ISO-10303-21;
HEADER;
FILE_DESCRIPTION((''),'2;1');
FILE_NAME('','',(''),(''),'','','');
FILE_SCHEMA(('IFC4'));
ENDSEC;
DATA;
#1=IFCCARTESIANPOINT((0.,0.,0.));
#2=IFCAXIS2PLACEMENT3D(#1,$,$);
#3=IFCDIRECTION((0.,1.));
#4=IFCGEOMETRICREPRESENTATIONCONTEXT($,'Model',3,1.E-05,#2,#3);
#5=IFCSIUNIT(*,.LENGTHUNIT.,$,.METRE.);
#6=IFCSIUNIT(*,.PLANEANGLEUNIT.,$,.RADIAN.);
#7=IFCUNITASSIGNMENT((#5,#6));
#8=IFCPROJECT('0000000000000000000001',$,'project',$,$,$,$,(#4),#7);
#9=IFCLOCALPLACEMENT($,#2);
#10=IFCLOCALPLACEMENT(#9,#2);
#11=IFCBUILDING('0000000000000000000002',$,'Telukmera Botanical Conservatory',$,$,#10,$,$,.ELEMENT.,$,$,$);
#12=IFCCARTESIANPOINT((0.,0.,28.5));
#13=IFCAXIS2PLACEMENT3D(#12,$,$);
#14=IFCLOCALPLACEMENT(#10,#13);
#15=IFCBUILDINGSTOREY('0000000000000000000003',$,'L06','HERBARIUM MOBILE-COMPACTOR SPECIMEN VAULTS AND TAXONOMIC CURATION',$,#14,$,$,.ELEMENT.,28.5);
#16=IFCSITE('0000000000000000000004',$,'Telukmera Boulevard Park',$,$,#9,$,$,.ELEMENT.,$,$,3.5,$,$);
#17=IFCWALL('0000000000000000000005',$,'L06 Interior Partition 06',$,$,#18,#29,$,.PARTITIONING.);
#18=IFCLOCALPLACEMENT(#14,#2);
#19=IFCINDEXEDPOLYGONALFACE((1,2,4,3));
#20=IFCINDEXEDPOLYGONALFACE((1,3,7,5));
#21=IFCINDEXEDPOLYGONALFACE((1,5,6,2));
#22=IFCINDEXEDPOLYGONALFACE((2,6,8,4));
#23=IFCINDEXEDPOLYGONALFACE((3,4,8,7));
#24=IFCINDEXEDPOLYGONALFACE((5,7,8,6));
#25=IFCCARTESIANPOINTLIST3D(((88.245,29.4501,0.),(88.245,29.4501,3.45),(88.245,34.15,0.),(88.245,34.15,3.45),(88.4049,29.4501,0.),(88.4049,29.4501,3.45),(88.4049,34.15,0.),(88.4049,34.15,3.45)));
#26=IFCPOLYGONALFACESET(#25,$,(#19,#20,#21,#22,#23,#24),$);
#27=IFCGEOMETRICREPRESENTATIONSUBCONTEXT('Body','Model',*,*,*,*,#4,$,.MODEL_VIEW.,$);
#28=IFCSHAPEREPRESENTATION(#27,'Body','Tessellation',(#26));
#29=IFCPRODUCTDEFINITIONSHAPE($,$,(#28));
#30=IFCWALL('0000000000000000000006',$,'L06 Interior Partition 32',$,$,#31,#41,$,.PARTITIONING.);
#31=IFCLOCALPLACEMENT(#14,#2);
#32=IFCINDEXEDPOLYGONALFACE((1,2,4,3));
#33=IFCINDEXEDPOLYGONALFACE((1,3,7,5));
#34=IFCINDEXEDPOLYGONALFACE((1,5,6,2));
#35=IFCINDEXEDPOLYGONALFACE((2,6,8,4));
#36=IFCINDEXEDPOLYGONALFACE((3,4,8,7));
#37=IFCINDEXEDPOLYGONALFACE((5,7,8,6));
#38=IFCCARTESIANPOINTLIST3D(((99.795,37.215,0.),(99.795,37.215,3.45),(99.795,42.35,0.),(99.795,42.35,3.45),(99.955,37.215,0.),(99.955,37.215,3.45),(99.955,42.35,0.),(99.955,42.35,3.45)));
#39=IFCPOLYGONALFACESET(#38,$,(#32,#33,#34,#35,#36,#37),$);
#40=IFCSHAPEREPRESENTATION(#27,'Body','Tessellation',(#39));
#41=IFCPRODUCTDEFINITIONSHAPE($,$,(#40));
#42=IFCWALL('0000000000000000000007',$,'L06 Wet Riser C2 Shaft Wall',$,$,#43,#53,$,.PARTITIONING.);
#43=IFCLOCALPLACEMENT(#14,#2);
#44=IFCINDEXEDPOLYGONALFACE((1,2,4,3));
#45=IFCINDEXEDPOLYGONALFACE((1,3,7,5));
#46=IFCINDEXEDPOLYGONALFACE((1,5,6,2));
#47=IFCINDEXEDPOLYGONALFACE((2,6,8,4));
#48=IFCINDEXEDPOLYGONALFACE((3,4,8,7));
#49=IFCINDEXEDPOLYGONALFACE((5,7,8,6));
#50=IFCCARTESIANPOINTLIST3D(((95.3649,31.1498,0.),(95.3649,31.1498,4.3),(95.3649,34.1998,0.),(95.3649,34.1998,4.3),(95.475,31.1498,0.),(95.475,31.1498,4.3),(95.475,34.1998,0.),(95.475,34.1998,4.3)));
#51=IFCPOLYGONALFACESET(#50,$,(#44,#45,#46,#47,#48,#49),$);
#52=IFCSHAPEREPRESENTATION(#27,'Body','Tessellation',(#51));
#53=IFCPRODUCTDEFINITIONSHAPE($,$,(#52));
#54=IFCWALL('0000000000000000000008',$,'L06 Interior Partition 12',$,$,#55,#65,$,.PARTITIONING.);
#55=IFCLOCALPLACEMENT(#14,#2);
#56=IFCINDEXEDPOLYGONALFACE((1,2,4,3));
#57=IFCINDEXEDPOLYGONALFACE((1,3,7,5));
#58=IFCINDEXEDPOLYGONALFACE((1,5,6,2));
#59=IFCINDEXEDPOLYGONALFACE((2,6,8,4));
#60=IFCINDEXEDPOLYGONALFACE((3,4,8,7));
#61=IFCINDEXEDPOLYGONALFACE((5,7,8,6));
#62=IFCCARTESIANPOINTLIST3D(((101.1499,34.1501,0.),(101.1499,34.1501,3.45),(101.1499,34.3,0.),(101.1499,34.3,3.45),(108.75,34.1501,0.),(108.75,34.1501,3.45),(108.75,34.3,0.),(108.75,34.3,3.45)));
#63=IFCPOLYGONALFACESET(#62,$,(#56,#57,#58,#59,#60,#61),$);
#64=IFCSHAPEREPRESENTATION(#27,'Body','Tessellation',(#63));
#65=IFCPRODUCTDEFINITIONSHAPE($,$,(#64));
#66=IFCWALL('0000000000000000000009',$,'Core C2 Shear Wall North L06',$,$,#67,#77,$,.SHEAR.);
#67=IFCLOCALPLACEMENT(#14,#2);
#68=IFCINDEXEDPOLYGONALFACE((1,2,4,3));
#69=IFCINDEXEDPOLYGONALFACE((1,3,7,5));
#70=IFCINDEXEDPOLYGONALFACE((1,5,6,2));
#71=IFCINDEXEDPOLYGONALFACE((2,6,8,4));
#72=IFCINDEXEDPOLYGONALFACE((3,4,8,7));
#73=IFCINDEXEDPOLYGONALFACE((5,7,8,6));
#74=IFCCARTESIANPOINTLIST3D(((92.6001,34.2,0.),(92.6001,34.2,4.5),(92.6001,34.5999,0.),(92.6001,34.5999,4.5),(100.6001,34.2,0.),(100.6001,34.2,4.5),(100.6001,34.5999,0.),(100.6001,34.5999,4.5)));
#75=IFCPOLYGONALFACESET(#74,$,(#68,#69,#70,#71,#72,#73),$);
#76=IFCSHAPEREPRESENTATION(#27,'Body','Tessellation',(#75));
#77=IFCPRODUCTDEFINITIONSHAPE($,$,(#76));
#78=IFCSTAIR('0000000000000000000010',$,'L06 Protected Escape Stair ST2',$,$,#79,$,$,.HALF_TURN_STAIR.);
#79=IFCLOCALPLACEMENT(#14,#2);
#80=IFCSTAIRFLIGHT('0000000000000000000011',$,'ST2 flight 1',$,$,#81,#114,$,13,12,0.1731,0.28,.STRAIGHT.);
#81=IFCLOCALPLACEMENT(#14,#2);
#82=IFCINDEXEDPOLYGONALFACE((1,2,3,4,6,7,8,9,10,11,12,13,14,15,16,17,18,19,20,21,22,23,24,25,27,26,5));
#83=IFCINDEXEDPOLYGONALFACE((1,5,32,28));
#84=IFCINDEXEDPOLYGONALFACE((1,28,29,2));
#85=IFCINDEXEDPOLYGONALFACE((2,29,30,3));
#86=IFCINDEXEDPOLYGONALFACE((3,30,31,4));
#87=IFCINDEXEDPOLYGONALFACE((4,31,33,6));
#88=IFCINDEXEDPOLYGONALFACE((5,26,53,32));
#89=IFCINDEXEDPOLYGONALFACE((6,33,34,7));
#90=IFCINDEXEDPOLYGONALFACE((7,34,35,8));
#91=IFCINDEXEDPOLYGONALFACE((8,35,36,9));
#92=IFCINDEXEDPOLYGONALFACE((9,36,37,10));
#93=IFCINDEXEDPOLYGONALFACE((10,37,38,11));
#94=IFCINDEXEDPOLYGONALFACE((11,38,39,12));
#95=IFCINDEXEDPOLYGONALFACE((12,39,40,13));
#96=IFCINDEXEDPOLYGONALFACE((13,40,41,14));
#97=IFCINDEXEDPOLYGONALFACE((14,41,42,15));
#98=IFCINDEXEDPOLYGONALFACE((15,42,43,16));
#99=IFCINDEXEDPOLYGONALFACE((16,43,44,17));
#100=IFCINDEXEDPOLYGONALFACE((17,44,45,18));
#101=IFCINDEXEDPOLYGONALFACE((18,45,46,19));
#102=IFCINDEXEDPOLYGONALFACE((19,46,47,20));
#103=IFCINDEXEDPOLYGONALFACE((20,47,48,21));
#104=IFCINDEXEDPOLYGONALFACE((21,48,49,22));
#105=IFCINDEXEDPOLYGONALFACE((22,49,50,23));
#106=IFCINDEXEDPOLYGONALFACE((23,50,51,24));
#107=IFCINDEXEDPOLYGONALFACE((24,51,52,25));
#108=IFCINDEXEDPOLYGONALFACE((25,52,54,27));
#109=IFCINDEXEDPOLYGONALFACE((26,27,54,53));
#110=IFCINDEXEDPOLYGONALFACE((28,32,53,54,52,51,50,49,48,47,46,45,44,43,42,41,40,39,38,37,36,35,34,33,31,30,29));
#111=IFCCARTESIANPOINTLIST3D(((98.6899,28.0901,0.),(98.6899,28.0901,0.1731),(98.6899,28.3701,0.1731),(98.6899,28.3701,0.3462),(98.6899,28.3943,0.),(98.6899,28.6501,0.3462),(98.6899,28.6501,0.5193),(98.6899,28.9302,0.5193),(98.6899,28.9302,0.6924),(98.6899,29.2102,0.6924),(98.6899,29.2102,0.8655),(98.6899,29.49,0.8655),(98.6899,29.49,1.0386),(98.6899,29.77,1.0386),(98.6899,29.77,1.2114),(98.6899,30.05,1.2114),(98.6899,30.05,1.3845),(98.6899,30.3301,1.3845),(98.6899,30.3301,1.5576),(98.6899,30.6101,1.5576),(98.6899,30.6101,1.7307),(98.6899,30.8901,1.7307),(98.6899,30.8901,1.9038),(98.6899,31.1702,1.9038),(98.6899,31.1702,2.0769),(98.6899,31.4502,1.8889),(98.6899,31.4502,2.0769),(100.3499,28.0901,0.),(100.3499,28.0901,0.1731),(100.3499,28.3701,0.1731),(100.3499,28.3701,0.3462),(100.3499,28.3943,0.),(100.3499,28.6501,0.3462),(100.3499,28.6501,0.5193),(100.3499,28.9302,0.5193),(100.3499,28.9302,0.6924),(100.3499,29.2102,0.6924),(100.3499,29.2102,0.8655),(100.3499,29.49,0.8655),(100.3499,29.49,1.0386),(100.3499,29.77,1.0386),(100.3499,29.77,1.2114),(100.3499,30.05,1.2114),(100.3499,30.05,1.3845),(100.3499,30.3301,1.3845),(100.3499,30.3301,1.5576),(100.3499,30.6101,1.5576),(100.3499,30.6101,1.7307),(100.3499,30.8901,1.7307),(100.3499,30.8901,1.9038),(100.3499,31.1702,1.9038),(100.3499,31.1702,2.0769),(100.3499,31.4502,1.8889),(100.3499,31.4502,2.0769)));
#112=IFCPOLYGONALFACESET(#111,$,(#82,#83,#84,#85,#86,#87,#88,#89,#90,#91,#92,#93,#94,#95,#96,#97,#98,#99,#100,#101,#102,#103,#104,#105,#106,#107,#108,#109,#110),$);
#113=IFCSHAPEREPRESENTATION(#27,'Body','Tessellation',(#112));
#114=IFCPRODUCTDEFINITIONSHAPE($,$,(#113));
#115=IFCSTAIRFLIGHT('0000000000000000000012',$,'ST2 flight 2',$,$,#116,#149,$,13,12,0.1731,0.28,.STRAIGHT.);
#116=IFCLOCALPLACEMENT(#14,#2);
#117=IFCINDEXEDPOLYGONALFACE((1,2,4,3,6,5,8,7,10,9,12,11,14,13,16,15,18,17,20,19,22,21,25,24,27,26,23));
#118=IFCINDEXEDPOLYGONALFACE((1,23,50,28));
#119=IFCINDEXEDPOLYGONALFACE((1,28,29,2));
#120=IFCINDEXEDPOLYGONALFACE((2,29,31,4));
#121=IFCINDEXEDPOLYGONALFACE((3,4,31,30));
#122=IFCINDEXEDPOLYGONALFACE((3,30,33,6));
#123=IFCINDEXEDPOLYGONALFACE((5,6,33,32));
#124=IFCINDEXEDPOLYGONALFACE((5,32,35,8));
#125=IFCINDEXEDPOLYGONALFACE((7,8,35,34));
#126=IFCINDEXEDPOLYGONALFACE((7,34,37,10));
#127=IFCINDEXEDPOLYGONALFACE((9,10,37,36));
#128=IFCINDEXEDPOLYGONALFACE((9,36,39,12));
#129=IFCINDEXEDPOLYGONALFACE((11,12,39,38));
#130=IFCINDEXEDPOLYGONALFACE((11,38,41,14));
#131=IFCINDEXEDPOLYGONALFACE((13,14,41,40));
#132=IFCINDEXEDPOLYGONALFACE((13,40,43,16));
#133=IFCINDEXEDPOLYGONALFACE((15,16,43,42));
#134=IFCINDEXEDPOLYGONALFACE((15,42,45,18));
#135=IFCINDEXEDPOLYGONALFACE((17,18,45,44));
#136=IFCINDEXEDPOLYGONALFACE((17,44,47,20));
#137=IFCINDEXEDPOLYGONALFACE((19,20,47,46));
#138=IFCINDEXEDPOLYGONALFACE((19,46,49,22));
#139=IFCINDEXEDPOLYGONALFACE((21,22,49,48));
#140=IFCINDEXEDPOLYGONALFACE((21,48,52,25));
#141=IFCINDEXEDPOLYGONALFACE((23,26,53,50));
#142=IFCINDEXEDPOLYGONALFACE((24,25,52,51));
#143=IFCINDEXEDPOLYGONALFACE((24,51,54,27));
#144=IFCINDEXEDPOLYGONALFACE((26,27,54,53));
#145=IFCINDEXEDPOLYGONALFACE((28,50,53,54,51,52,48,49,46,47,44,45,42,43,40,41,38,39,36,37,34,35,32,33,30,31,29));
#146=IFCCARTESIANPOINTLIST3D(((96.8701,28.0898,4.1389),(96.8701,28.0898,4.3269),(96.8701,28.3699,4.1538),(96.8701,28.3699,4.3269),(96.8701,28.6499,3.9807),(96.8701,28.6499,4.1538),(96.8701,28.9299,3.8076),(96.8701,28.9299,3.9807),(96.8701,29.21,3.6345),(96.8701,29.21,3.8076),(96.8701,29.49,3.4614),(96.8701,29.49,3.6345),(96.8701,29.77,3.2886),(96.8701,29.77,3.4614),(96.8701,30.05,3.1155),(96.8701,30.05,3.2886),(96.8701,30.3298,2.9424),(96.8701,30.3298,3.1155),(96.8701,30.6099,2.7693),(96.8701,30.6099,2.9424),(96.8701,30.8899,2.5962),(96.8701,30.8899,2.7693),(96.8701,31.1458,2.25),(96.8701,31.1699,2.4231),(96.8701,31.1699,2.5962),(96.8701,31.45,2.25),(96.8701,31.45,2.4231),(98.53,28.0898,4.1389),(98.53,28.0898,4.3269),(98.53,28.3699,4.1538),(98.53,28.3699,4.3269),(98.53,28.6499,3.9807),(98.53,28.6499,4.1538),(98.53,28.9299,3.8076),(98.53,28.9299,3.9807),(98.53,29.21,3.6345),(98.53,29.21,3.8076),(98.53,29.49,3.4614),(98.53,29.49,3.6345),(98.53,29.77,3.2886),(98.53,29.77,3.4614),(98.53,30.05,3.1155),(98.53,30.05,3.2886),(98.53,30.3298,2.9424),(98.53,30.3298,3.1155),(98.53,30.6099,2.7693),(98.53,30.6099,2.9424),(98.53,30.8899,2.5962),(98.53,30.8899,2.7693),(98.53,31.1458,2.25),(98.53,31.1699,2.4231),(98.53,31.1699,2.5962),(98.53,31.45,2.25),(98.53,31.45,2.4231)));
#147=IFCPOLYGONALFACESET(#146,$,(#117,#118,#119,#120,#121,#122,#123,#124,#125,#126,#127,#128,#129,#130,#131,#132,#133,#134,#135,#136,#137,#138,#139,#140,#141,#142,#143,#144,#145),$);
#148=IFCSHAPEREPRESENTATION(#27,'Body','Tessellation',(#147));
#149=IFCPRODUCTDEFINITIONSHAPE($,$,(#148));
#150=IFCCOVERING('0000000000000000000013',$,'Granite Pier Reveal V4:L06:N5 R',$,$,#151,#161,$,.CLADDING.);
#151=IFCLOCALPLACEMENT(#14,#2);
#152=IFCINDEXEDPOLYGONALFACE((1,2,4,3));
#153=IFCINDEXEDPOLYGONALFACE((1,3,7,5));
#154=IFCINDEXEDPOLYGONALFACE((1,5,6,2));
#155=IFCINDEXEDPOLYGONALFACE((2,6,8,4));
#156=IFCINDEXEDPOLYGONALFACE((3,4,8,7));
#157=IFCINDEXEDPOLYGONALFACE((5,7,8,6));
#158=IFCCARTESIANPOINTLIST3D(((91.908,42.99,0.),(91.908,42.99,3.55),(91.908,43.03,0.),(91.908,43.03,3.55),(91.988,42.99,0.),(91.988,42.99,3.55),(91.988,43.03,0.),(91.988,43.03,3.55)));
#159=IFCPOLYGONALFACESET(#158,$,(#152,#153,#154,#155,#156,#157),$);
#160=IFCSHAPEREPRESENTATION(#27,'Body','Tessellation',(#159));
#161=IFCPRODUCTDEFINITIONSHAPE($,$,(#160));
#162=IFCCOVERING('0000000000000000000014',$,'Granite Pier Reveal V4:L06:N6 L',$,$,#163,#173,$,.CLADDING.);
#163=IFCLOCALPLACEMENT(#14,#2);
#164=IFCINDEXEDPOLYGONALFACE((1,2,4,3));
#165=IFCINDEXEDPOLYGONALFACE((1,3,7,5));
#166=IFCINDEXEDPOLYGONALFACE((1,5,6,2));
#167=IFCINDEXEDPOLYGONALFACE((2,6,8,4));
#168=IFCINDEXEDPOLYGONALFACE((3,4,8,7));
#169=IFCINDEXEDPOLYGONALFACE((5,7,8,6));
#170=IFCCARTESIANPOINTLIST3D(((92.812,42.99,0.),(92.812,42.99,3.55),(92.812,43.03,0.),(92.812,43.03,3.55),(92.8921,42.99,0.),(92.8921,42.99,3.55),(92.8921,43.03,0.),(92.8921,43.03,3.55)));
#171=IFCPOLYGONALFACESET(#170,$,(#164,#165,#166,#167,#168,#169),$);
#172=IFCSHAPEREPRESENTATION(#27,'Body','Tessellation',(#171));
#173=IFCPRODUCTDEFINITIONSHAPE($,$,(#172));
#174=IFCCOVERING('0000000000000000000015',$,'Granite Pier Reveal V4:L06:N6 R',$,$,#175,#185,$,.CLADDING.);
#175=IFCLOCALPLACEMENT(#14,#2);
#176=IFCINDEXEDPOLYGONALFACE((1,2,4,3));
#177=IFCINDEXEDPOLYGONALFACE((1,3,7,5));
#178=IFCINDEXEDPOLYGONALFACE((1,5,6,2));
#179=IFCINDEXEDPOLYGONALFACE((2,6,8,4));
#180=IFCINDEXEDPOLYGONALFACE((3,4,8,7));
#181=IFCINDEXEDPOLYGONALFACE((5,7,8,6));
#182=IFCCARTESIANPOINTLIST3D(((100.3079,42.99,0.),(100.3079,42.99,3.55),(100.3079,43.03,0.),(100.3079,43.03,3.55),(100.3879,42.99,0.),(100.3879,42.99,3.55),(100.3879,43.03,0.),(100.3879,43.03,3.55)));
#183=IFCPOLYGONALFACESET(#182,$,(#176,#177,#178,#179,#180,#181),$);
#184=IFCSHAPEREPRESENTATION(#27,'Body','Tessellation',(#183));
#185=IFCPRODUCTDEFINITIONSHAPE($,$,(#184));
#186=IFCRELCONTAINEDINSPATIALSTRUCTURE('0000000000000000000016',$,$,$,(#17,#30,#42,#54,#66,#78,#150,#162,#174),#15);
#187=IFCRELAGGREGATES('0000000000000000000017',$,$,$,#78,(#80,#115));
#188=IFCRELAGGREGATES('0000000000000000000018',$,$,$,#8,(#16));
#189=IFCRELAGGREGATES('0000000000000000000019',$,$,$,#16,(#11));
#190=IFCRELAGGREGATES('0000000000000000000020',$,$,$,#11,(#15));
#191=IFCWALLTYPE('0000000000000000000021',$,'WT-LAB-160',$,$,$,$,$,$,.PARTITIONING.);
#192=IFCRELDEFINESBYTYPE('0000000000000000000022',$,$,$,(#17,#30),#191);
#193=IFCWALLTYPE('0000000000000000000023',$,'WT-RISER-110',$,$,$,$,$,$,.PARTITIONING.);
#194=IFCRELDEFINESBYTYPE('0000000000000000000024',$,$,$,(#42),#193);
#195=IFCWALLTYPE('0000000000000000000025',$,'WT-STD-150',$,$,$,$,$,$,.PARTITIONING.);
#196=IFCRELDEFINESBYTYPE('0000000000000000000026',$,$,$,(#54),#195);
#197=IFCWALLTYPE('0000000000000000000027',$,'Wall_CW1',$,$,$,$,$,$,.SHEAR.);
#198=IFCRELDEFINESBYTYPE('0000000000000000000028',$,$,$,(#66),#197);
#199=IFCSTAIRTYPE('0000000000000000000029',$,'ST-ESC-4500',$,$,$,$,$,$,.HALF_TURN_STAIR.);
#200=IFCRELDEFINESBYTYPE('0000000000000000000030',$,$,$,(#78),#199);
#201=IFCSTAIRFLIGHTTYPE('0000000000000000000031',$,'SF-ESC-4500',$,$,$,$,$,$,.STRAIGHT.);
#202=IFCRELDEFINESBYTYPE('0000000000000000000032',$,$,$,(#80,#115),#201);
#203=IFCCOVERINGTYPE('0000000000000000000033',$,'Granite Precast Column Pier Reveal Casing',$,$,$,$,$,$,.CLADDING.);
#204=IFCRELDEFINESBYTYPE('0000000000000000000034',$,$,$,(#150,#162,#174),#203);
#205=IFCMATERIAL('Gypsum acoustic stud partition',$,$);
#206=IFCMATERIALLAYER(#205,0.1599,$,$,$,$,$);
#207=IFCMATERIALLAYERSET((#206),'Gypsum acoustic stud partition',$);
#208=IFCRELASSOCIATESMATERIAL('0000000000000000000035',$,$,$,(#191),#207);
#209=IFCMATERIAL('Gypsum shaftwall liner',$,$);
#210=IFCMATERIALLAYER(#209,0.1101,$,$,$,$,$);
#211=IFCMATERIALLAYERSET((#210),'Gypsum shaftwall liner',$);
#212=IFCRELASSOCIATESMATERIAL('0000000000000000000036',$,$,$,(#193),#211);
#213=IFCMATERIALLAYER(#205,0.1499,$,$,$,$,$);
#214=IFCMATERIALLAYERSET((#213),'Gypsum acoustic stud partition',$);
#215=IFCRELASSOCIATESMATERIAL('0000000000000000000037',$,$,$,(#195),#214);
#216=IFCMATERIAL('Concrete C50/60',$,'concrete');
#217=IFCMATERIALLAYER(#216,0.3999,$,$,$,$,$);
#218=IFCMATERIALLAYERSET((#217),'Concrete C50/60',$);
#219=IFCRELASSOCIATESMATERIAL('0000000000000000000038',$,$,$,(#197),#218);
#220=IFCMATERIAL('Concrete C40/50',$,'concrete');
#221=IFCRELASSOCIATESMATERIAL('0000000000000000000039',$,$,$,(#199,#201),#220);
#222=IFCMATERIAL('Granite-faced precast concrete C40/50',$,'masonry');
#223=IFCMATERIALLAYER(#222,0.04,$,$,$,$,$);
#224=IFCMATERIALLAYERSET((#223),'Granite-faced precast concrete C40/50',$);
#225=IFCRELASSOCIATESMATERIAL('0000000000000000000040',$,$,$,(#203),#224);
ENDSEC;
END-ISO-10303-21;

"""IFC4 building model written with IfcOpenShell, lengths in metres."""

from ifc_helpers import new_model, si_unit, direction, frame, frame_2d, origin, origin_2d, place, context, subcontext, project, spatial, polyline, rectangle, outline, extrude, material, layer, layer_set, type_object, element, aggregate, save


model = new_model("IFC4")

# Units and contexts
model_context = context("Model", 3, precision=1e-05, world=origin(), true_north=direction((0.0, 1.0)))
body_context = subcontext(model_context, "Body", "Model", "MODEL_VIEW")
ifc_project = project(units=[si_unit("LENGTHUNIT", "METRE"), si_unit("PLANEANGLEUNIT", "RADIAN")], contexts=[model_context])

# Site, building, storey
site_placement = place(None, origin())
site = spatial("IfcSite", under=ifc_project, at=site_placement, Name="Telukmera Boulevard Park", CompositionType="ELEMENT", RefElevation=3.5)
building_placement = place(site_placement, origin())
building = spatial("IfcBuilding", under=site, at=building_placement, Name="Telukmera Botanical Conservatory", CompositionType="ELEMENT")
storey_placement = place(building_placement, frame((0.0, 0.0, 28.5)))
storey = spatial("IfcBuildingStorey", under=building, at=storey_placement, Name="L06", Description="HERBARIUM MOBILE-COMPACTOR SPECIMEN VAULTS AND TAXONOMIC CURATION", CompositionType="ELEMENT", Elevation=28.5)

# Shared definitions
ifc_material_1 = material(Name="Concrete C50/60", Category="concrete")

# Shared definitions
ifc_material_2 = material(Name="Concrete C40/50", Category="concrete")

# Walls
ifc_material_3 = material(Name="Gypsum acoustic stud partition")
ifc_layer_1 = layer(ifc_material_3, 0.1599)
ifc_layer_set_1 = layer_set([ifc_layer_1], Name="Gypsum acoustic stud partition")
wall_type_1 = type_object("IfcWallType", Name="WT-LAB-160", PredefinedType="PARTITIONING", material=ifc_layer_set_1)
wall_1_placement = place(storey_placement, frame((88.325, 29.45, 0.0), z_axis=(0.0, 0.0, 1.0), x_axis=(0.0, 1.0, 0.0)))
element("IfcWall", 1, at=wall_1_placement, inside=storey, type_object=wall_type_1, Name="L06 Interior Partition 06", PredefinedType="PARTITIONING", context=body_context, shape_type="SweptSolid", body=[
    extrude(rectangle(XDim=4.7, YDim=0.1599, at=frame_2d((2.3501, 0.0))), origin(), (0.0, 0.0, 1.0), 3.45),
])
wall_2_placement = place(storey_placement, frame((99.875, 37.2151, 0.0), z_axis=(0.0, 0.0, 1.0), x_axis=(0.0, 1.0, 0.0)))
element("IfcWall", 2, at=wall_2_placement, inside=storey, type_object=wall_type_1, Name="L06 Interior Partition 32", PredefinedType="PARTITIONING", context=body_context, shape_type="SweptSolid", body=[
    extrude(rectangle(XDim=5.135, YDim=0.1599, at=frame_2d((2.5674, 0.0))), origin(), (0.0, 0.0, 1.0), 3.45),
])
ifc_material_4 = material(Name="Gypsum shaftwall liner")
ifc_layer_2 = layer(ifc_material_4, 0.1101)
ifc_layer_set_2 = layer_set([ifc_layer_2], Name="Gypsum shaftwall liner")
wall_type_2 = type_object("IfcWallType", Name="WT-RISER-110", PredefinedType="PARTITIONING", material=ifc_layer_set_2)
wall_3_placement = place(storey_placement, frame((95.4199, 31.1499, 0.0), z_axis=(0.0, 0.0, 1.0), x_axis=(0.0, 1.0, 0.0)))
element("IfcWall", 3, at=wall_3_placement, inside=storey, type_object=wall_type_2, Name="L06 Wet Riser C2 Shaft Wall", PredefinedType="PARTITIONING", context=body_context, shape_type="SweptSolid", body=[
    extrude(rectangle(XDim=3.05, YDim=0.1101, at=frame_2d((1.5249, 0.0))), origin(), (0.0, 0.0, 1.0), 4.3),
])
ifc_layer_3 = layer(ifc_material_3, 0.1499)
ifc_layer_set_3 = layer_set([ifc_layer_3], Name="Gypsum acoustic stud partition")
wall_type_3 = type_object("IfcWallType", Name="WT-STD-150", PredefinedType="PARTITIONING", material=ifc_layer_set_3)
wall_4_placement = place(storey_placement, frame((101.1499, 34.2251, 0.0), z_axis=(0.0, 0.0, 1.0), x_axis=(1.0, 0.0, 0.0)))
element("IfcWall", 4, at=wall_4_placement, inside=storey, type_object=wall_type_3, Name="L06 Interior Partition 12", PredefinedType="PARTITIONING", context=body_context, shape_type="SweptSolid", body=[
    extrude(rectangle(XDim=7.6001, YDim=0.1499, at=frame_2d((3.8, 0.0))), origin(), (0.0, 0.0, 1.0), 3.45),
])

# Wall
ifc_layer_4 = layer(ifc_material_1, 0.3999)
ifc_layer_set_4 = layer_set([ifc_layer_4], Name="Concrete C50/60")
wall_type_4 = type_object("IfcWallType", Name="Wall_CW1", PredefinedType="SHEAR", material=ifc_layer_set_4)
wall_5_placement = place(storey_placement, frame((92.6001, 34.3999, 0.0), z_axis=(0.0, 0.0, 1.0), x_axis=(1.0, 0.0, 0.0)))
element("IfcWall", 5, at=wall_5_placement, inside=storey, type_object=wall_type_4, Name="Core C2 Shear Wall North L06", PredefinedType="SHEAR", context=body_context, shape_type="SweptSolid", body=[
    extrude(rectangle(XDim=8.0, YDim=0.3999, at=frame_2d((4.0, 0.0))), origin(), (0.0, 0.0, 1.0), 4.5),
])

# Stair, stair flights
stair_type = type_object("IfcStairType", Name="ST-ESC-4500", PredefinedType="HALF_TURN_STAIR", material=ifc_material_2)
stair_placement = place(storey_placement, origin())
stair = element("IfcStair", 6, at=stair_placement, inside=storey, type_object=stair_type, Name="L06 Protected Escape Stair ST2", PredefinedType="HALF_TURN_STAIR")
stair_flight_type = type_object("IfcStairFlightType", Name="SF-ESC-4500", PredefinedType="STRAIGHT", material=ifc_material_2)
stair_flight_1_placement = place(storey_placement, frame((99.52, 28.0901, 0.0), z_axis=(0.0, 0.0, 1.0), x_axis=(0.0, 1.0, 0.0)))
stair_flight_1 = element("IfcStairFlight", 7, at=stair_flight_1_placement, type_object=stair_flight_type, Name="ST2 flight 1", NumberOfRisers=13, NumberOfTreads=12, PredefinedType="STRAIGHT", RiserHeight=0.1731, TreadLength=0.28, context=body_context, shape_type="SweptSolid", body=[
    extrude(outline(polyline([(0.0, 0.0), (0.0, 0.1731), (0.28, 0.1731), (0.28, 0.3462), (0.5601, 0.3462), (0.5601, 0.5193), (0.8401, 0.5193), (0.8401, 0.6924), (1.1201, 0.6924), (1.1201, 0.8655), (1.3999, 0.8655), (1.3999, 1.0386), (1.6799, 1.0386), (1.6799, 1.2114), (1.96, 1.2114), (1.96, 1.3845), (2.24, 1.3845), (2.24, 1.5576), (2.52, 1.5576), (2.52, 1.7307), (2.8, 1.7307), (2.8, 1.9038), (3.0801, 1.9038), (3.0801, 2.0769), (3.3601, 2.0769), (3.3601, 2.25), (3.3601, 1.8889), (0.3042, 0.0), (0.0, 0.0)])), frame((0.0, 0.8301, 0.0), z_axis=(0.0, -1.0, 0.0), x_axis=(1.0, 0.0, 0.0)), (0.0, 0.0, 1.0), 1.6599),
])
stair_flight_2_placement = place(storey_placement, frame((97.7, 31.45, 2.25), z_axis=(0.0, 0.0, 1.0), x_axis=(0.0, -1.0, 0.0)))
stair_flight_2 = element("IfcStairFlight", 8, at=stair_flight_2_placement, type_object=stair_flight_type, Name="ST2 flight 2", NumberOfRisers=13, NumberOfTreads=12, PredefinedType="STRAIGHT", RiserHeight=0.1731, TreadLength=0.28, context=body_context, shape_type="SweptSolid", body=[
    extrude(outline(polyline([(0.0, 0.0), (0.0, 0.1731), (0.28, 0.1731), (0.28, 0.3462), (0.5601, 0.3462), (0.5601, 0.5193), (0.8401, 0.5193), (0.8401, 0.6924), (1.1201, 0.6924), (1.1201, 0.8655), (1.3999, 0.8655), (1.3999, 1.0386), (1.6799, 1.0386), (1.6799, 1.2114), (1.96, 1.2114), (1.96, 1.3845), (2.24, 1.3845), (2.24, 1.5576), (2.52, 1.5576), (2.52, 1.7307), (2.8, 1.7307), (2.8, 1.9038), (3.0801, 1.9038), (3.0801, 2.0769), (3.3601, 2.0769), (3.3601, 2.25), (3.3601, 1.8889), (0.3042, 0.0), (0.0, 0.0)])), frame((0.0, 0.8301, 0.0), z_axis=(0.0, -1.0, 0.0), x_axis=(1.0, 0.0, 0.0)), (0.0, 0.0, 1.0), 1.6599),
])
aggregate(stair, [stair_flight_1, stair_flight_2])

# Coverings
ifc_material_5 = material(Name="Granite-faced precast concrete C40/50", Category="masonry")
ifc_layer_5 = layer(ifc_material_5, 0.04)
ifc_layer_set_5 = layer_set([ifc_layer_5], Name="Granite-faced precast concrete C40/50")
covering_type_1 = type_object("IfcCoveringType", Name="Granite Precast Column Pier Reveal Casing", PredefinedType="CLADDING", material=ifc_layer_set_5)
for number, where, z_axis, x_axis, name in (
    (9, (91.948, 43.01, 0.0), (0.0, 0.0, 1.0), (1.0, 0.0, 0.0), "Granite Pier Reveal V4:L06:N5 R"),
    (10, (92.8521, 43.01, 0.0), (0.0, 0.0, 1.0), (1.0, 0.0, 0.0), "Granite Pier Reveal V4:L06:N6 L"),
    (11, (100.3479, 43.01, 0.0), (0.0, 0.0, 1.0), (1.0, 0.0, 0.0), "Granite Pier Reveal V4:L06:N6 R"),
):
    element("IfcCovering", number, at=place(storey_placement, frame(where, z_axis=z_axis, x_axis=x_axis)), inside=storey, type_object=covering_type_1, Name=name, PredefinedType="CLADDING", context=body_context, shape_type="SweptSolid", body=[
        extrude(rectangle(XDim=0.0801, YDim=0.04, at=origin_2d()), origin(), (0.0, 0.0, 1.0), 3.55),
    ])

save(model, "model.ifc")
